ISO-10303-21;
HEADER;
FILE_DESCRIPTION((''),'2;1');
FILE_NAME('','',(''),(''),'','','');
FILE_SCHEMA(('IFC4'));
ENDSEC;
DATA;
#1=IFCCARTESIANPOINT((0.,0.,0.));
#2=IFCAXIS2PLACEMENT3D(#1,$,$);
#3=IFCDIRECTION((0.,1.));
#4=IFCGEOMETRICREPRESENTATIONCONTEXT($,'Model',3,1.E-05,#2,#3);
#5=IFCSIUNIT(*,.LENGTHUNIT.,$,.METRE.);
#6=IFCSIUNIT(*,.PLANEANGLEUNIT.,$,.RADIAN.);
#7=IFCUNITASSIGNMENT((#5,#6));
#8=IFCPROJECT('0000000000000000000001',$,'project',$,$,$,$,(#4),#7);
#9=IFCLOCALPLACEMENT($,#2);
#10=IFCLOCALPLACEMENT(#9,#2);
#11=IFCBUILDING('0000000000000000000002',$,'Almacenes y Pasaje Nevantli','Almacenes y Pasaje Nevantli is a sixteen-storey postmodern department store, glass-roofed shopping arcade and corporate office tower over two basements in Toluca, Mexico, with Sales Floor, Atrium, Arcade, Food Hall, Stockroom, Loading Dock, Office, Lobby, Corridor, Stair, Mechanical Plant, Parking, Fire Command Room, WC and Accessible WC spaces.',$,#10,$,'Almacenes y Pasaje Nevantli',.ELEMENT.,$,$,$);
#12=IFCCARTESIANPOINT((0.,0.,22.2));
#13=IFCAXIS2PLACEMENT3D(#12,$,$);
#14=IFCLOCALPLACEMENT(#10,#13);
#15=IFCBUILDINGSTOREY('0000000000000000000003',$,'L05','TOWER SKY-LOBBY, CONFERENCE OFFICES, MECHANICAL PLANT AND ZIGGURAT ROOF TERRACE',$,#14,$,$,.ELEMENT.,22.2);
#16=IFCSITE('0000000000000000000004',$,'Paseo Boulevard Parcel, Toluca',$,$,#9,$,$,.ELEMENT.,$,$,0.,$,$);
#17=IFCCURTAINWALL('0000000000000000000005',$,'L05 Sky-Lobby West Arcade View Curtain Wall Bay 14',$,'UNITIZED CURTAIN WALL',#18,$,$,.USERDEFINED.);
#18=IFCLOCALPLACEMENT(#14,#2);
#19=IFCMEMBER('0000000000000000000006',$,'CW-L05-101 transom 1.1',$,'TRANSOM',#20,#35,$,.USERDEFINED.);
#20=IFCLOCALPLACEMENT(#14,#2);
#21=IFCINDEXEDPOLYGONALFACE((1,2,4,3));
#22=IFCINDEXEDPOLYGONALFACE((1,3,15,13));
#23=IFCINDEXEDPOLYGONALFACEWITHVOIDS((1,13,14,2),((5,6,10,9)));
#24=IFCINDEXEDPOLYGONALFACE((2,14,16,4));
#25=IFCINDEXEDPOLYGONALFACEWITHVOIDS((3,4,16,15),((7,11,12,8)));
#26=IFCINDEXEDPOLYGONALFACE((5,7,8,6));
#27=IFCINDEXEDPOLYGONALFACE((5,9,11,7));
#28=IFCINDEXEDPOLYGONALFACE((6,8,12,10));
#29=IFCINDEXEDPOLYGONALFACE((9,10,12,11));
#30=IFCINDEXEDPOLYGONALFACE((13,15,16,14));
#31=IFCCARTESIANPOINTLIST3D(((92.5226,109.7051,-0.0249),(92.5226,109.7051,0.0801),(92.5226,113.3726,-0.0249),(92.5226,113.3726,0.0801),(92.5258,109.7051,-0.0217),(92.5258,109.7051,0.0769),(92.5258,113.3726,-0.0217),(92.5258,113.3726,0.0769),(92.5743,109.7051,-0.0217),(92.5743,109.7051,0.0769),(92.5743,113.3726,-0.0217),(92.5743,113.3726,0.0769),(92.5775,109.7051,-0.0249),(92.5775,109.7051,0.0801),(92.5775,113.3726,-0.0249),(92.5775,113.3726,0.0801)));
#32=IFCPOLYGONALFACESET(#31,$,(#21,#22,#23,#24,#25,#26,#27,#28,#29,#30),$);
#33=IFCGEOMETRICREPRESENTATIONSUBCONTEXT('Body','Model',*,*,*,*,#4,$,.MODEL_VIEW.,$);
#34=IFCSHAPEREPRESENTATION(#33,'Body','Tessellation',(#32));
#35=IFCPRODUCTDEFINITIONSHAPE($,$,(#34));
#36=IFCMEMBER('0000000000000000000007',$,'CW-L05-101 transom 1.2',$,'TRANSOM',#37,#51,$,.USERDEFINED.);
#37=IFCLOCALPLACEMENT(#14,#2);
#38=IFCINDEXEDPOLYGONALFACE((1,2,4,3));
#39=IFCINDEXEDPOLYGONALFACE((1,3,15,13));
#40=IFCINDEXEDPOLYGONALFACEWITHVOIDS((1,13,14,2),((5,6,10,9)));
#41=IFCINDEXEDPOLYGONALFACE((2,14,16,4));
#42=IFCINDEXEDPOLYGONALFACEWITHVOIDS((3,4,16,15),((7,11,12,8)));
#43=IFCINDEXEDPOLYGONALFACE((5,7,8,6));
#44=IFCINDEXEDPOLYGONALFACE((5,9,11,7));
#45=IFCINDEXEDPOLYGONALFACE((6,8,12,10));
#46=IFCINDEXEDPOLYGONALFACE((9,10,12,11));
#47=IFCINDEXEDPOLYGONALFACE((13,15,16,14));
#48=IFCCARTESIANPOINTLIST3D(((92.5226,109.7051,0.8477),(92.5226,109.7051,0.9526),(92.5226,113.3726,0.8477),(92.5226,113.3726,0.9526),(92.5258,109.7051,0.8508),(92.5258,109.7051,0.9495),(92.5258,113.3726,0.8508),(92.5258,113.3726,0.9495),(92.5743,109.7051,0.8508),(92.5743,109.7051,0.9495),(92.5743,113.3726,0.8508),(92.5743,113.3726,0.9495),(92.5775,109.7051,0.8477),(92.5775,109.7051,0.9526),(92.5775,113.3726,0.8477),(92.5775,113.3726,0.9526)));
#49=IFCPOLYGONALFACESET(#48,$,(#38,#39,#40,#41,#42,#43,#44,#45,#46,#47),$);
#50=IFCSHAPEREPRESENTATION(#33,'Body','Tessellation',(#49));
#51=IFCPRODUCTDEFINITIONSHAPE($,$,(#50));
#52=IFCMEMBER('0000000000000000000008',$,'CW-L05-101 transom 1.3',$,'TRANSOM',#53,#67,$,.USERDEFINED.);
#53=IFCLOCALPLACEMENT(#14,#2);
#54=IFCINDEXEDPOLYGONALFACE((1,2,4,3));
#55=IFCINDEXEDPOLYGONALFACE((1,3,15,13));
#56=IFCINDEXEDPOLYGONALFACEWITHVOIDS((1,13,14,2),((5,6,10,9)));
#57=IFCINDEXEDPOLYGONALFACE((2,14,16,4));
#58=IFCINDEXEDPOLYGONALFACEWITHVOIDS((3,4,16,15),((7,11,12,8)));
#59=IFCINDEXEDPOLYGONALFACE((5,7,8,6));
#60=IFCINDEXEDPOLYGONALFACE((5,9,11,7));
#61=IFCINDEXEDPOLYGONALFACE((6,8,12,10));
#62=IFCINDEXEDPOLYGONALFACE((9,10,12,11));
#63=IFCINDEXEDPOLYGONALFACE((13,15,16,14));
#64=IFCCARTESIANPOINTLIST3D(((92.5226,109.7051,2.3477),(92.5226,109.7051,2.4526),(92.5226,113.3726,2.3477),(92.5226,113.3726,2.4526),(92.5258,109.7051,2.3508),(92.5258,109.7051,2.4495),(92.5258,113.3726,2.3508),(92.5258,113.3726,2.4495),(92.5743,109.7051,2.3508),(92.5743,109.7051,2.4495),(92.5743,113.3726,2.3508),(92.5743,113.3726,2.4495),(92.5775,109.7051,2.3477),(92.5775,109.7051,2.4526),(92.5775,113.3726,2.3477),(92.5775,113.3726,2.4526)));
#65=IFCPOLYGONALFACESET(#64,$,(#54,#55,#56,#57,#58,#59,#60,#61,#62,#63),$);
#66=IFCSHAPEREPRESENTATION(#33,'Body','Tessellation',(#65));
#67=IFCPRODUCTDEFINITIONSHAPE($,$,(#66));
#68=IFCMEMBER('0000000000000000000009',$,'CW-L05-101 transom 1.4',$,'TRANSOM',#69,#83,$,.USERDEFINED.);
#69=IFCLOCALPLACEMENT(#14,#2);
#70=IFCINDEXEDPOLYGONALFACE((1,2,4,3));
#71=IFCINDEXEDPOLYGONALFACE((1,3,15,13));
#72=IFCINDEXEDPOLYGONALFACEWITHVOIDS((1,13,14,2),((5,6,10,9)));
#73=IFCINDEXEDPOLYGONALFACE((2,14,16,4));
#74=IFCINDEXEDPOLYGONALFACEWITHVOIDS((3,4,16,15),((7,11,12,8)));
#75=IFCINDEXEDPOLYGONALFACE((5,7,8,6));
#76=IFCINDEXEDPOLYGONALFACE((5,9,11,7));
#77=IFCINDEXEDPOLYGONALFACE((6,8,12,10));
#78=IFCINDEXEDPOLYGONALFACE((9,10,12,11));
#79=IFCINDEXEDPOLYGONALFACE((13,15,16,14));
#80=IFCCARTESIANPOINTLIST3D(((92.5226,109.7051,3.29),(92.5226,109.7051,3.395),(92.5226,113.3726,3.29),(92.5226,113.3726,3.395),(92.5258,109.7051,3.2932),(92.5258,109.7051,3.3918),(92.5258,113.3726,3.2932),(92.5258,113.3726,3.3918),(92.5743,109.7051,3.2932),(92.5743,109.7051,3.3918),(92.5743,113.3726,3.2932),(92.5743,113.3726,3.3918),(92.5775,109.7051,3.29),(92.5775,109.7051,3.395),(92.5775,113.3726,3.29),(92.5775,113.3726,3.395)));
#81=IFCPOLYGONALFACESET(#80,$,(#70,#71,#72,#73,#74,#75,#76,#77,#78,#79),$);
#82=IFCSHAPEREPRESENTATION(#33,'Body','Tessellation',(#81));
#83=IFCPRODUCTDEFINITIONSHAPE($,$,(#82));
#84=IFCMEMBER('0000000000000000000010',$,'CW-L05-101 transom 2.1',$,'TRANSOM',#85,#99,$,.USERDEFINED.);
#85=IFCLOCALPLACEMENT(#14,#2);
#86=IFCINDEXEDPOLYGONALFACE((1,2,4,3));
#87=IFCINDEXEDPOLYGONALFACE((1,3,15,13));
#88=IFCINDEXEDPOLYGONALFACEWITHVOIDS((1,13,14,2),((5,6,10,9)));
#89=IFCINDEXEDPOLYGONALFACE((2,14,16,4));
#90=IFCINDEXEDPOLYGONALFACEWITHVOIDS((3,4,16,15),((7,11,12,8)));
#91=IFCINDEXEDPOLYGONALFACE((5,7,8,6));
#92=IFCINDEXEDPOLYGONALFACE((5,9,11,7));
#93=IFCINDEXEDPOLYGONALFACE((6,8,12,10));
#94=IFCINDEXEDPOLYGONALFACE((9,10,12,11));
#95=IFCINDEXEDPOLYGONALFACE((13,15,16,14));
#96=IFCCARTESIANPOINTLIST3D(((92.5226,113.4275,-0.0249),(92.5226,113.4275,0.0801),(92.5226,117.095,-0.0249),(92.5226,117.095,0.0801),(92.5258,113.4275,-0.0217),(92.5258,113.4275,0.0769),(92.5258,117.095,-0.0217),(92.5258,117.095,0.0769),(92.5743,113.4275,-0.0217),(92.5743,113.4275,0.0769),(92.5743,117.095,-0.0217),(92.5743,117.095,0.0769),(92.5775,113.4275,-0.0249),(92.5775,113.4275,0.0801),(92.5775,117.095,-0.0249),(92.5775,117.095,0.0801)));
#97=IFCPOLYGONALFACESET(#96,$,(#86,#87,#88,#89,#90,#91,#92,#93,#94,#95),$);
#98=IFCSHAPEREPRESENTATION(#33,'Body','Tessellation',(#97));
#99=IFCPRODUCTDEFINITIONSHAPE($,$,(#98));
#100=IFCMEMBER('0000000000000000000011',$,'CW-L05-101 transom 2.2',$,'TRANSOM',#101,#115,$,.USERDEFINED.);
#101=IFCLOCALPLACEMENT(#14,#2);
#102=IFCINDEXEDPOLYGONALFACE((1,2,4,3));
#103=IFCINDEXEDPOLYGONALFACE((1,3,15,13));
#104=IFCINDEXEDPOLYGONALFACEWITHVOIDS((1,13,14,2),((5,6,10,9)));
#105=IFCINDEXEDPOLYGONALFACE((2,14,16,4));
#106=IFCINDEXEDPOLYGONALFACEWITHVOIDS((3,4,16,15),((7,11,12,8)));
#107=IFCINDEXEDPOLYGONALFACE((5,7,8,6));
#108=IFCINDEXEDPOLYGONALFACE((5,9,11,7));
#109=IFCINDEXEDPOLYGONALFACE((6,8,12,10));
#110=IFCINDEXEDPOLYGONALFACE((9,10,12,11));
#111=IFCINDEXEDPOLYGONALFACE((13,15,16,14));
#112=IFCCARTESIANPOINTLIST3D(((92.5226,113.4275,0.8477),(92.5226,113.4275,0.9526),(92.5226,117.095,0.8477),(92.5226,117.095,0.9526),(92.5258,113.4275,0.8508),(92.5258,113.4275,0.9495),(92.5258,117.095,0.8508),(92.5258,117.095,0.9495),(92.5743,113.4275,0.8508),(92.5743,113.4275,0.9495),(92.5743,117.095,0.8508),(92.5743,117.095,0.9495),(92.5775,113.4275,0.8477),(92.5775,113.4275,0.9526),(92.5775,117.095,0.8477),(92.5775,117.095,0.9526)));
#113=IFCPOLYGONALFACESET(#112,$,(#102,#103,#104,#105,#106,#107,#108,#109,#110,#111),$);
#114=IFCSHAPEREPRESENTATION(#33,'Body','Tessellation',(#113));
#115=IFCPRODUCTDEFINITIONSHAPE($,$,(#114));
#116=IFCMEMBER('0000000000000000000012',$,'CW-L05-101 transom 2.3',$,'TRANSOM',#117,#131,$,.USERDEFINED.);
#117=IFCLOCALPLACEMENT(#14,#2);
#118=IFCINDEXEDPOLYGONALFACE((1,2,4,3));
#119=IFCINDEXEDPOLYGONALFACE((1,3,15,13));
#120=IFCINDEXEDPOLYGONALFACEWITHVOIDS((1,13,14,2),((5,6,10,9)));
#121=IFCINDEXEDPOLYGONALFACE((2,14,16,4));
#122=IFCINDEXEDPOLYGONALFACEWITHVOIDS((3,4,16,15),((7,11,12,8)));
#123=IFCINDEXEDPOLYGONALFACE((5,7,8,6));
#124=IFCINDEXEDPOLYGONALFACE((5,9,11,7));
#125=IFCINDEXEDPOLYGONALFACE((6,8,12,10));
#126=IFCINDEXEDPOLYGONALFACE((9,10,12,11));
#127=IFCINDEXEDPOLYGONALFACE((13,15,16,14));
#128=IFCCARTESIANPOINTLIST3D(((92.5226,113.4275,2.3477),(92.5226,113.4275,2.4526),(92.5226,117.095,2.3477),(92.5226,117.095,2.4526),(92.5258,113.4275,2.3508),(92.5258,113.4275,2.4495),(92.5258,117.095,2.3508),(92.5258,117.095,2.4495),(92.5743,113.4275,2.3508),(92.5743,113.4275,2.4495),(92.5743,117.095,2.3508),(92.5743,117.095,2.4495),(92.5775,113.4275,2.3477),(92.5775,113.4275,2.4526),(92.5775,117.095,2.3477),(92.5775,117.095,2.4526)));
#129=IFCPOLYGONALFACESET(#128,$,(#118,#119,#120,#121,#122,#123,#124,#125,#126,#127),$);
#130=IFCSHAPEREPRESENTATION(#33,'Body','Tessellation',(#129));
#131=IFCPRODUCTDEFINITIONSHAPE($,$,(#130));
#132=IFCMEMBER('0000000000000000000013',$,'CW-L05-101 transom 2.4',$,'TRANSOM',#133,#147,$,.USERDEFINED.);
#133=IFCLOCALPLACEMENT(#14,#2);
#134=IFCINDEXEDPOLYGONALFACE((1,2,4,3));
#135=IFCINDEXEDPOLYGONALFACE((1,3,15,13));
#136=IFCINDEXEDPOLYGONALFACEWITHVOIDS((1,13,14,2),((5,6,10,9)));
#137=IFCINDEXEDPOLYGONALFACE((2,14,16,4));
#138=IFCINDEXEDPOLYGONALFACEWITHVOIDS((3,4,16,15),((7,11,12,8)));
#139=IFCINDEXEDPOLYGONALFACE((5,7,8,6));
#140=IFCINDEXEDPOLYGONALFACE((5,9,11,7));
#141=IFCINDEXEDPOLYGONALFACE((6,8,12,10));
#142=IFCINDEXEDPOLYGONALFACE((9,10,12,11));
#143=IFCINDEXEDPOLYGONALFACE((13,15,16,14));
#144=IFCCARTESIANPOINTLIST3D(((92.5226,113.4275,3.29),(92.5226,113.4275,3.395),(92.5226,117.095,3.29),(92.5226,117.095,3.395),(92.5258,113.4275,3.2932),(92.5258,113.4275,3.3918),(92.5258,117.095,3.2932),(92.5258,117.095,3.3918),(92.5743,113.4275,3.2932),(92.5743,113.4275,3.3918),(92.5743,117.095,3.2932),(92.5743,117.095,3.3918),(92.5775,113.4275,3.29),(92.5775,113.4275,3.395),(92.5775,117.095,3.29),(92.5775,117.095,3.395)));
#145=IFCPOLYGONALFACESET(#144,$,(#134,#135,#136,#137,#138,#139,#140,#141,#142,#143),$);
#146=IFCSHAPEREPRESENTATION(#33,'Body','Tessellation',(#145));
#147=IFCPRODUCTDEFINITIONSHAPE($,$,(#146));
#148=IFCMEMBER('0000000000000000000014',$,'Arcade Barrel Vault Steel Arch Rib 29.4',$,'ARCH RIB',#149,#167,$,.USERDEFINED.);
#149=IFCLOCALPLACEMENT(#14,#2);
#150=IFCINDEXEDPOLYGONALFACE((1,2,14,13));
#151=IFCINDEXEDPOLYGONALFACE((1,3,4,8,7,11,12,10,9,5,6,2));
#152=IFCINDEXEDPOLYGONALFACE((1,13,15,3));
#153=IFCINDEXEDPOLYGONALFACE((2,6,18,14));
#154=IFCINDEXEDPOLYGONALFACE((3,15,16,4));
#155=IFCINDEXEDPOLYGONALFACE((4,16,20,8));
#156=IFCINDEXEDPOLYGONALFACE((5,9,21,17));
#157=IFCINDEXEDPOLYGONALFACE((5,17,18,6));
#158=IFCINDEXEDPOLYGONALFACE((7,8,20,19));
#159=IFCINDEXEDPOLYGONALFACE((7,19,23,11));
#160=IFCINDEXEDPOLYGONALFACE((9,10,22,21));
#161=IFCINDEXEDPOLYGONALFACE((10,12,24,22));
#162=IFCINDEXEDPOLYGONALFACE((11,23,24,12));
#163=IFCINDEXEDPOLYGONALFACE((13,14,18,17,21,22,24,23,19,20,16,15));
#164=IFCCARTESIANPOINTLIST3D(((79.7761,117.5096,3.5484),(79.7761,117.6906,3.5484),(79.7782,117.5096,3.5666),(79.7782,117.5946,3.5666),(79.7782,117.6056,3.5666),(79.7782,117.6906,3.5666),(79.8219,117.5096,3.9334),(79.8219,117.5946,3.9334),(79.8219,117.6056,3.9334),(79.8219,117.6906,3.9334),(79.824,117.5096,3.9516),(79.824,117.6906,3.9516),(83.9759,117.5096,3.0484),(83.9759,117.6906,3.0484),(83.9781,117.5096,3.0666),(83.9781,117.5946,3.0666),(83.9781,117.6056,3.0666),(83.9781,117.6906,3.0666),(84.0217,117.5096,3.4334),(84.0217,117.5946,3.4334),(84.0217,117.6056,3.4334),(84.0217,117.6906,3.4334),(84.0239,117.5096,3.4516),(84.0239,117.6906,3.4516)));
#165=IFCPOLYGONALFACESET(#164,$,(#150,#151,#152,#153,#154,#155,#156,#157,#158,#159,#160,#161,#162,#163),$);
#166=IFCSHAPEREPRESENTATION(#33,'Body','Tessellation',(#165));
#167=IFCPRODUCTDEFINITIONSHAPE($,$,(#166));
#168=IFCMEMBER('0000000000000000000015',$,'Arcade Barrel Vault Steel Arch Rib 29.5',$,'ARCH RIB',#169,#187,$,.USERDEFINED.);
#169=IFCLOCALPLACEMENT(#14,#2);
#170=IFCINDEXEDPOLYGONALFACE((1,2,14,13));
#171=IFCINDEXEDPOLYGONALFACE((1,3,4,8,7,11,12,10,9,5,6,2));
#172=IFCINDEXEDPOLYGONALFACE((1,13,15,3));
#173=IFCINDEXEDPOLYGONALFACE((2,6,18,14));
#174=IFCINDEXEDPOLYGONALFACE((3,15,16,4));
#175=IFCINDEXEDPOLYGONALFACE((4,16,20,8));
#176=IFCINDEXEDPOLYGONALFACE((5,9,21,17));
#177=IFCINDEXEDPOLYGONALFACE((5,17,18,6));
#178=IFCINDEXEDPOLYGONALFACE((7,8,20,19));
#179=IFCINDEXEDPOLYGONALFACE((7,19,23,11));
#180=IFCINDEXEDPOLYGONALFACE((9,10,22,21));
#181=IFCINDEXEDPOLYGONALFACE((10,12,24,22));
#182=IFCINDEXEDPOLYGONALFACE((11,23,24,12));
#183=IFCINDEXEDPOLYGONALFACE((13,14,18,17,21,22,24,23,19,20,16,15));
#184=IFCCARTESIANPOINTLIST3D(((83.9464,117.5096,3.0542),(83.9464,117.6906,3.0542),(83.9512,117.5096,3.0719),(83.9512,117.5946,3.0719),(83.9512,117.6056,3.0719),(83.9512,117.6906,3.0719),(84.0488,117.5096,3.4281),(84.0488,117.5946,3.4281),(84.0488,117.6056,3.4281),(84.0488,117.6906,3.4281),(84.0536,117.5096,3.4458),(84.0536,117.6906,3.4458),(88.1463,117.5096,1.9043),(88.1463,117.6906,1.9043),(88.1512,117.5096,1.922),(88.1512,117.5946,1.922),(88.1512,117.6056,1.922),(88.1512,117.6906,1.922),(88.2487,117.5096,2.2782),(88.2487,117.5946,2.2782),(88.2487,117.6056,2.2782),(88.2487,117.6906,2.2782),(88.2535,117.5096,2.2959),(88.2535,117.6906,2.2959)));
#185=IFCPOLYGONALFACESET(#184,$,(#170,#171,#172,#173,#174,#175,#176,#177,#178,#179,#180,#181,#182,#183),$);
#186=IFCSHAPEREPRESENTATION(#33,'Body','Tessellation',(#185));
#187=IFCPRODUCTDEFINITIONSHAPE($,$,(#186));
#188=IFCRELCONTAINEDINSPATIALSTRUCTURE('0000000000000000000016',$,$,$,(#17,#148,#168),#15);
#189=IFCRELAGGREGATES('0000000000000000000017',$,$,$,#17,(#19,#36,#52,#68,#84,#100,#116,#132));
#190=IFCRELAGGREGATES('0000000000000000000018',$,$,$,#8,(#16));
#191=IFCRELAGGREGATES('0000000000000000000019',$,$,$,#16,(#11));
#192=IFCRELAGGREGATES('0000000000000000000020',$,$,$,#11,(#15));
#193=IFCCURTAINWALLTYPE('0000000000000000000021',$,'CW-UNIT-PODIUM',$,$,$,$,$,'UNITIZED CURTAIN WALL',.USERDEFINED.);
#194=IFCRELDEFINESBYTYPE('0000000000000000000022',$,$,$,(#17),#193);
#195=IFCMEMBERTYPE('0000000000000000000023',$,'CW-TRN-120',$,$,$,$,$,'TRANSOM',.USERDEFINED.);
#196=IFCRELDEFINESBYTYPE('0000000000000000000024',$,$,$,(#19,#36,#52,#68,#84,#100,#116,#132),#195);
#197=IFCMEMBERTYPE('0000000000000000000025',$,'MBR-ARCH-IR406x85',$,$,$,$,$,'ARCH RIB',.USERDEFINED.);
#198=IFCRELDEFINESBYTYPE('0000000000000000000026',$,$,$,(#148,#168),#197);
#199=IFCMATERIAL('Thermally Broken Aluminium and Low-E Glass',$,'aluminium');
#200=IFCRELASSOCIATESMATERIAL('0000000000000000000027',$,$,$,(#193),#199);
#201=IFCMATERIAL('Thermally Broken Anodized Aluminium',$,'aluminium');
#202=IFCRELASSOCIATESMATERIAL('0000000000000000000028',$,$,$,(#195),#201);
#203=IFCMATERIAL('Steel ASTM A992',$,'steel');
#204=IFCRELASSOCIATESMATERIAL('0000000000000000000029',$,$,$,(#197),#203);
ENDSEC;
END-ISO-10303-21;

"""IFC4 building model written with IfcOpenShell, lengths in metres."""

from ifc_helpers import new_model, si_unit, direction, frame, origin, origin_2d, place, context, subcontext, project, spatial, hollow_rectangle, i_section, extrude, material, material_profile, profile_set, type_object, element, aggregate, save


model = new_model("IFC4")

# Units and contexts
model_context = context("Model", 3, precision=1e-05, world=origin(), true_north=direction((0.0, 1.0)))
body_context = subcontext(model_context, "Body", "Model", "MODEL_VIEW")
ifc_project = project(units=[si_unit("LENGTHUNIT", "METRE"), si_unit("PLANEANGLEUNIT", "RADIAN")], contexts=[model_context])

# Site, building, storey
site_placement = place(None, origin())
site = spatial("IfcSite", under=ifc_project, at=site_placement, Name="Paseo Boulevard Parcel, Toluca", CompositionType="ELEMENT", RefElevation=0.0)
building_placement = place(site_placement, origin())
building = spatial("IfcBuilding", under=site, at=building_placement, Name="Almacenes y Pasaje Nevantli", Description="Almacenes y Pasaje Nevantli is a sixteen-storey postmodern department store, glass-roofed shopping arcade and corporate office tower over two basements in Toluca, Mexico, with Sales Floor, Atrium, Arcade, Food Hall, Stockroom, Loading Dock, Office, Lobby, Corridor, Stair, Mechanical Plant, Parking, Fire Command Room, WC and Accessible WC spaces.", LongName="Almacenes y Pasaje Nevantli", CompositionType="ELEMENT")
storey_placement = place(building_placement, frame((0.0, 0.0, 22.2)))
storey = spatial("IfcBuildingStorey", under=building, at=storey_placement, Name="L05", Description="TOWER SKY-LOBBY, CONFERENCE OFFICES, MECHANICAL PLANT AND ZIGGURAT ROOF TERRACE", CompositionType="ELEMENT", Elevation=22.2)

# Shared definitions
ifc_material_1 = material(Name="Thermally Broken Aluminium and Low-E Glass", Category="aluminium")
curtain_wall_type = type_object("IfcCurtainWallType", Name="CW-UNIT-PODIUM", ElementType="UNITIZED CURTAIN WALL", PredefinedType="USERDEFINED", material=ifc_material_1)

# Curtain wall, members
curtain_wall_1_placement = place(storey_placement, origin())
curtain_wall_1 = element("IfcCurtainWall", 1, at=curtain_wall_1_placement, inside=storey, type_object=curtain_wall_type, Name="L05 Sky-Lobby West Arcade View Curtain Wall Bay 14", ObjectType="UNITIZED CURTAIN WALL", PredefinedType="USERDEFINED")
ifc_material_2 = material(Name="Thermally Broken Anodized Aluminium", Category="aluminium")
ifc_material_profile_1 = material_profile(ifc_material_2, hollow_rectangle(XDim=0.0549, YDim=0.105, WallThickness=0.0032, at=origin_2d()), Name="ALU-TRN-55x105")
ifc_profile_set_1 = profile_set([ifc_material_profile_1], Name="Thermally Broken Anodized Aluminium")
member_type_1 = type_object("IfcMemberType", Name="CW-TRN-120", ElementType="TRANSOM", PredefinedType="USERDEFINED", material=ifc_profile_set_1)
member_1_placement = place(storey_placement, frame((92.55, 109.7051, 0.0276), z_axis=(0.0, 1.0, 0.0), x_axis=(-1.0, 0.0, 0.0)))
member_1 = element("IfcMember", 2, at=member_1_placement, type_object=member_type_1, Name="CW-L05-101 transom 1.1", ObjectType="TRANSOM", PredefinedType="USERDEFINED", context=body_context, shape_type="SweptSolid", body=[
    extrude(hollow_rectangle(XDim=0.0549, YDim=0.105, WallThickness=0.0032, at=origin_2d()), origin(), (0.0, 0.0, 1.0), 3.6675),
])
member_2_placement = place(storey_placement, frame((92.55, 109.7051, 0.9001), z_axis=(0.0, 1.0, 0.0), x_axis=(-1.0, 0.0, 0.0)))
member_2 = element("IfcMember", 3, at=member_2_placement, type_object=member_type_1, Name="CW-L05-101 transom 1.2", ObjectType="TRANSOM", PredefinedType="USERDEFINED", context=body_context, shape_type="SweptSolid", body=[
    extrude(hollow_rectangle(XDim=0.0549, YDim=0.105, WallThickness=0.0032, at=origin_2d()), origin(), (0.0, 0.0, 1.0), 3.6675),
])
member_3_placement = place(storey_placement, frame((92.55, 109.7051, 2.4001), z_axis=(0.0, 1.0, 0.0), x_axis=(-1.0, 0.0, 0.0)))
member_3 = element("IfcMember", 4, at=member_3_placement, type_object=member_type_1, Name="CW-L05-101 transom 1.3", ObjectType="TRANSOM", PredefinedType="USERDEFINED", context=body_context, shape_type="SweptSolid", body=[
    extrude(hollow_rectangle(XDim=0.0549, YDim=0.105, WallThickness=0.0032, at=origin_2d()), origin(), (0.0, 0.0, 1.0), 3.6675),
])
member_4_placement = place(storey_placement, frame((92.55, 109.7051, 3.3425), z_axis=(0.0, 1.0, 0.0), x_axis=(-1.0, 0.0, 0.0)))
member_4 = element("IfcMember", 5, at=member_4_placement, type_object=member_type_1, Name="CW-L05-101 transom 1.4", ObjectType="TRANSOM", PredefinedType="USERDEFINED", context=body_context, shape_type="SweptSolid", body=[
    extrude(hollow_rectangle(XDim=0.0549, YDim=0.105, WallThickness=0.0032, at=origin_2d()), origin(), (0.0, 0.0, 1.0), 3.6675),
])
member_5_placement = place(storey_placement, frame((92.55, 113.4275, 0.0276), z_axis=(0.0, 1.0, 0.0), x_axis=(-1.0, 0.0, 0.0)))
member_5 = element("IfcMember", 6, at=member_5_placement, type_object=member_type_1, Name="CW-L05-101 transom 2.1", ObjectType="TRANSOM", PredefinedType="USERDEFINED", context=body_context, shape_type="SweptSolid", body=[
    extrude(hollow_rectangle(XDim=0.0549, YDim=0.105, WallThickness=0.0032, at=origin_2d()), origin(), (0.0, 0.0, 1.0), 3.6675),
])
member_6_placement = place(storey_placement, frame((92.55, 113.4275, 0.9001), z_axis=(0.0, 1.0, 0.0), x_axis=(-1.0, 0.0, 0.0)))
member_6 = element("IfcMember", 7, at=member_6_placement, type_object=member_type_1, Name="CW-L05-101 transom 2.2", ObjectType="TRANSOM", PredefinedType="USERDEFINED", context=body_context, shape_type="SweptSolid", body=[
    extrude(hollow_rectangle(XDim=0.0549, YDim=0.105, WallThickness=0.0032, at=origin_2d()), origin(), (0.0, 0.0, 1.0), 3.6675),
])
member_7_placement = place(storey_placement, frame((92.55, 113.4275, 2.4001), z_axis=(0.0, 1.0, 0.0), x_axis=(-1.0, 0.0, 0.0)))
member_7 = element("IfcMember", 8, at=member_7_placement, type_object=member_type_1, Name="CW-L05-101 transom 2.3", ObjectType="TRANSOM", PredefinedType="USERDEFINED", context=body_context, shape_type="SweptSolid", body=[
    extrude(hollow_rectangle(XDim=0.0549, YDim=0.105, WallThickness=0.0032, at=origin_2d()), origin(), (0.0, 0.0, 1.0), 3.6675),
])
member_8_placement = place(storey_placement, frame((92.55, 113.4275, 3.3425), z_axis=(0.0, 1.0, 0.0), x_axis=(-1.0, 0.0, 0.0)))
member_8 = element("IfcMember", 9, at=member_8_placement, type_object=member_type_1, Name="CW-L05-101 transom 2.4", ObjectType="TRANSOM", PredefinedType="USERDEFINED", context=body_context, shape_type="SweptSolid", body=[
    extrude(hollow_rectangle(XDim=0.0549, YDim=0.105, WallThickness=0.0032, at=origin_2d()), origin(), (0.0, 0.0, 1.0), 3.6675),
])

# Members
ifc_material_3 = material(Name="Steel ASTM A992", Category="steel")
ifc_material_profile_2 = material_profile(ifc_material_3, i_section(OverallWidth=0.1809, OverallDepth=0.406, WebThickness=0.011, FlangeThickness=0.0183, at=origin_2d()), Name="IR 406x85.0")
ifc_profile_set_2 = profile_set([ifc_material_profile_2], Name="Steel ASTM A992")
member_type_2 = type_object("IfcMemberType", Name="MBR-ARCH-IR406x85", ElementType="ARCH RIB", PredefinedType="USERDEFINED", material=ifc_profile_set_2)
member_9_placement = place(storey_placement, frame((79.8, 117.6001, 3.75), z_axis=(0.992988, 0.0, -0.118214), x_axis=(0.0, 1.0, 0.0)))
element("IfcMember", 10, at=member_9_placement, inside=storey, type_object=member_type_2, Name="Arcade Barrel Vault Steel Arch Rib 29.4", ObjectType="ARCH RIB", PredefinedType="USERDEFINED", context=body_context, shape_type="SweptSolid", body=[
    extrude(i_section(OverallWidth=0.1809, OverallDepth=0.406, WebThickness=0.011, FlangeThickness=0.0183, at=origin_2d()), origin(), (0.0, 0.0, 1.0), 4.2295),
])
member_10_placement = place(storey_placement, frame((84.0, 117.6001, 3.25), z_axis=(0.964503, 0.0, -0.264071), x_axis=(0.0, 1.0, 0.0)))
element("IfcMember", 11, at=member_10_placement, inside=storey, type_object=member_type_2, Name="Arcade Barrel Vault Steel Arch Rib 29.5", ObjectType="ARCH RIB", PredefinedType="USERDEFINED", context=body_context, shape_type="SweptSolid", body=[
    extrude(i_section(OverallWidth=0.1809, OverallDepth=0.406, WebThickness=0.011, FlangeThickness=0.0183, at=origin_2d()), origin(), (0.0, 0.0, 1.0), 4.3545),
])

aggregate(curtain_wall_1, [member_1, member_2, member_3, member_4, member_5, member_6, member_7, member_8])

save(model, "model.ifc")
